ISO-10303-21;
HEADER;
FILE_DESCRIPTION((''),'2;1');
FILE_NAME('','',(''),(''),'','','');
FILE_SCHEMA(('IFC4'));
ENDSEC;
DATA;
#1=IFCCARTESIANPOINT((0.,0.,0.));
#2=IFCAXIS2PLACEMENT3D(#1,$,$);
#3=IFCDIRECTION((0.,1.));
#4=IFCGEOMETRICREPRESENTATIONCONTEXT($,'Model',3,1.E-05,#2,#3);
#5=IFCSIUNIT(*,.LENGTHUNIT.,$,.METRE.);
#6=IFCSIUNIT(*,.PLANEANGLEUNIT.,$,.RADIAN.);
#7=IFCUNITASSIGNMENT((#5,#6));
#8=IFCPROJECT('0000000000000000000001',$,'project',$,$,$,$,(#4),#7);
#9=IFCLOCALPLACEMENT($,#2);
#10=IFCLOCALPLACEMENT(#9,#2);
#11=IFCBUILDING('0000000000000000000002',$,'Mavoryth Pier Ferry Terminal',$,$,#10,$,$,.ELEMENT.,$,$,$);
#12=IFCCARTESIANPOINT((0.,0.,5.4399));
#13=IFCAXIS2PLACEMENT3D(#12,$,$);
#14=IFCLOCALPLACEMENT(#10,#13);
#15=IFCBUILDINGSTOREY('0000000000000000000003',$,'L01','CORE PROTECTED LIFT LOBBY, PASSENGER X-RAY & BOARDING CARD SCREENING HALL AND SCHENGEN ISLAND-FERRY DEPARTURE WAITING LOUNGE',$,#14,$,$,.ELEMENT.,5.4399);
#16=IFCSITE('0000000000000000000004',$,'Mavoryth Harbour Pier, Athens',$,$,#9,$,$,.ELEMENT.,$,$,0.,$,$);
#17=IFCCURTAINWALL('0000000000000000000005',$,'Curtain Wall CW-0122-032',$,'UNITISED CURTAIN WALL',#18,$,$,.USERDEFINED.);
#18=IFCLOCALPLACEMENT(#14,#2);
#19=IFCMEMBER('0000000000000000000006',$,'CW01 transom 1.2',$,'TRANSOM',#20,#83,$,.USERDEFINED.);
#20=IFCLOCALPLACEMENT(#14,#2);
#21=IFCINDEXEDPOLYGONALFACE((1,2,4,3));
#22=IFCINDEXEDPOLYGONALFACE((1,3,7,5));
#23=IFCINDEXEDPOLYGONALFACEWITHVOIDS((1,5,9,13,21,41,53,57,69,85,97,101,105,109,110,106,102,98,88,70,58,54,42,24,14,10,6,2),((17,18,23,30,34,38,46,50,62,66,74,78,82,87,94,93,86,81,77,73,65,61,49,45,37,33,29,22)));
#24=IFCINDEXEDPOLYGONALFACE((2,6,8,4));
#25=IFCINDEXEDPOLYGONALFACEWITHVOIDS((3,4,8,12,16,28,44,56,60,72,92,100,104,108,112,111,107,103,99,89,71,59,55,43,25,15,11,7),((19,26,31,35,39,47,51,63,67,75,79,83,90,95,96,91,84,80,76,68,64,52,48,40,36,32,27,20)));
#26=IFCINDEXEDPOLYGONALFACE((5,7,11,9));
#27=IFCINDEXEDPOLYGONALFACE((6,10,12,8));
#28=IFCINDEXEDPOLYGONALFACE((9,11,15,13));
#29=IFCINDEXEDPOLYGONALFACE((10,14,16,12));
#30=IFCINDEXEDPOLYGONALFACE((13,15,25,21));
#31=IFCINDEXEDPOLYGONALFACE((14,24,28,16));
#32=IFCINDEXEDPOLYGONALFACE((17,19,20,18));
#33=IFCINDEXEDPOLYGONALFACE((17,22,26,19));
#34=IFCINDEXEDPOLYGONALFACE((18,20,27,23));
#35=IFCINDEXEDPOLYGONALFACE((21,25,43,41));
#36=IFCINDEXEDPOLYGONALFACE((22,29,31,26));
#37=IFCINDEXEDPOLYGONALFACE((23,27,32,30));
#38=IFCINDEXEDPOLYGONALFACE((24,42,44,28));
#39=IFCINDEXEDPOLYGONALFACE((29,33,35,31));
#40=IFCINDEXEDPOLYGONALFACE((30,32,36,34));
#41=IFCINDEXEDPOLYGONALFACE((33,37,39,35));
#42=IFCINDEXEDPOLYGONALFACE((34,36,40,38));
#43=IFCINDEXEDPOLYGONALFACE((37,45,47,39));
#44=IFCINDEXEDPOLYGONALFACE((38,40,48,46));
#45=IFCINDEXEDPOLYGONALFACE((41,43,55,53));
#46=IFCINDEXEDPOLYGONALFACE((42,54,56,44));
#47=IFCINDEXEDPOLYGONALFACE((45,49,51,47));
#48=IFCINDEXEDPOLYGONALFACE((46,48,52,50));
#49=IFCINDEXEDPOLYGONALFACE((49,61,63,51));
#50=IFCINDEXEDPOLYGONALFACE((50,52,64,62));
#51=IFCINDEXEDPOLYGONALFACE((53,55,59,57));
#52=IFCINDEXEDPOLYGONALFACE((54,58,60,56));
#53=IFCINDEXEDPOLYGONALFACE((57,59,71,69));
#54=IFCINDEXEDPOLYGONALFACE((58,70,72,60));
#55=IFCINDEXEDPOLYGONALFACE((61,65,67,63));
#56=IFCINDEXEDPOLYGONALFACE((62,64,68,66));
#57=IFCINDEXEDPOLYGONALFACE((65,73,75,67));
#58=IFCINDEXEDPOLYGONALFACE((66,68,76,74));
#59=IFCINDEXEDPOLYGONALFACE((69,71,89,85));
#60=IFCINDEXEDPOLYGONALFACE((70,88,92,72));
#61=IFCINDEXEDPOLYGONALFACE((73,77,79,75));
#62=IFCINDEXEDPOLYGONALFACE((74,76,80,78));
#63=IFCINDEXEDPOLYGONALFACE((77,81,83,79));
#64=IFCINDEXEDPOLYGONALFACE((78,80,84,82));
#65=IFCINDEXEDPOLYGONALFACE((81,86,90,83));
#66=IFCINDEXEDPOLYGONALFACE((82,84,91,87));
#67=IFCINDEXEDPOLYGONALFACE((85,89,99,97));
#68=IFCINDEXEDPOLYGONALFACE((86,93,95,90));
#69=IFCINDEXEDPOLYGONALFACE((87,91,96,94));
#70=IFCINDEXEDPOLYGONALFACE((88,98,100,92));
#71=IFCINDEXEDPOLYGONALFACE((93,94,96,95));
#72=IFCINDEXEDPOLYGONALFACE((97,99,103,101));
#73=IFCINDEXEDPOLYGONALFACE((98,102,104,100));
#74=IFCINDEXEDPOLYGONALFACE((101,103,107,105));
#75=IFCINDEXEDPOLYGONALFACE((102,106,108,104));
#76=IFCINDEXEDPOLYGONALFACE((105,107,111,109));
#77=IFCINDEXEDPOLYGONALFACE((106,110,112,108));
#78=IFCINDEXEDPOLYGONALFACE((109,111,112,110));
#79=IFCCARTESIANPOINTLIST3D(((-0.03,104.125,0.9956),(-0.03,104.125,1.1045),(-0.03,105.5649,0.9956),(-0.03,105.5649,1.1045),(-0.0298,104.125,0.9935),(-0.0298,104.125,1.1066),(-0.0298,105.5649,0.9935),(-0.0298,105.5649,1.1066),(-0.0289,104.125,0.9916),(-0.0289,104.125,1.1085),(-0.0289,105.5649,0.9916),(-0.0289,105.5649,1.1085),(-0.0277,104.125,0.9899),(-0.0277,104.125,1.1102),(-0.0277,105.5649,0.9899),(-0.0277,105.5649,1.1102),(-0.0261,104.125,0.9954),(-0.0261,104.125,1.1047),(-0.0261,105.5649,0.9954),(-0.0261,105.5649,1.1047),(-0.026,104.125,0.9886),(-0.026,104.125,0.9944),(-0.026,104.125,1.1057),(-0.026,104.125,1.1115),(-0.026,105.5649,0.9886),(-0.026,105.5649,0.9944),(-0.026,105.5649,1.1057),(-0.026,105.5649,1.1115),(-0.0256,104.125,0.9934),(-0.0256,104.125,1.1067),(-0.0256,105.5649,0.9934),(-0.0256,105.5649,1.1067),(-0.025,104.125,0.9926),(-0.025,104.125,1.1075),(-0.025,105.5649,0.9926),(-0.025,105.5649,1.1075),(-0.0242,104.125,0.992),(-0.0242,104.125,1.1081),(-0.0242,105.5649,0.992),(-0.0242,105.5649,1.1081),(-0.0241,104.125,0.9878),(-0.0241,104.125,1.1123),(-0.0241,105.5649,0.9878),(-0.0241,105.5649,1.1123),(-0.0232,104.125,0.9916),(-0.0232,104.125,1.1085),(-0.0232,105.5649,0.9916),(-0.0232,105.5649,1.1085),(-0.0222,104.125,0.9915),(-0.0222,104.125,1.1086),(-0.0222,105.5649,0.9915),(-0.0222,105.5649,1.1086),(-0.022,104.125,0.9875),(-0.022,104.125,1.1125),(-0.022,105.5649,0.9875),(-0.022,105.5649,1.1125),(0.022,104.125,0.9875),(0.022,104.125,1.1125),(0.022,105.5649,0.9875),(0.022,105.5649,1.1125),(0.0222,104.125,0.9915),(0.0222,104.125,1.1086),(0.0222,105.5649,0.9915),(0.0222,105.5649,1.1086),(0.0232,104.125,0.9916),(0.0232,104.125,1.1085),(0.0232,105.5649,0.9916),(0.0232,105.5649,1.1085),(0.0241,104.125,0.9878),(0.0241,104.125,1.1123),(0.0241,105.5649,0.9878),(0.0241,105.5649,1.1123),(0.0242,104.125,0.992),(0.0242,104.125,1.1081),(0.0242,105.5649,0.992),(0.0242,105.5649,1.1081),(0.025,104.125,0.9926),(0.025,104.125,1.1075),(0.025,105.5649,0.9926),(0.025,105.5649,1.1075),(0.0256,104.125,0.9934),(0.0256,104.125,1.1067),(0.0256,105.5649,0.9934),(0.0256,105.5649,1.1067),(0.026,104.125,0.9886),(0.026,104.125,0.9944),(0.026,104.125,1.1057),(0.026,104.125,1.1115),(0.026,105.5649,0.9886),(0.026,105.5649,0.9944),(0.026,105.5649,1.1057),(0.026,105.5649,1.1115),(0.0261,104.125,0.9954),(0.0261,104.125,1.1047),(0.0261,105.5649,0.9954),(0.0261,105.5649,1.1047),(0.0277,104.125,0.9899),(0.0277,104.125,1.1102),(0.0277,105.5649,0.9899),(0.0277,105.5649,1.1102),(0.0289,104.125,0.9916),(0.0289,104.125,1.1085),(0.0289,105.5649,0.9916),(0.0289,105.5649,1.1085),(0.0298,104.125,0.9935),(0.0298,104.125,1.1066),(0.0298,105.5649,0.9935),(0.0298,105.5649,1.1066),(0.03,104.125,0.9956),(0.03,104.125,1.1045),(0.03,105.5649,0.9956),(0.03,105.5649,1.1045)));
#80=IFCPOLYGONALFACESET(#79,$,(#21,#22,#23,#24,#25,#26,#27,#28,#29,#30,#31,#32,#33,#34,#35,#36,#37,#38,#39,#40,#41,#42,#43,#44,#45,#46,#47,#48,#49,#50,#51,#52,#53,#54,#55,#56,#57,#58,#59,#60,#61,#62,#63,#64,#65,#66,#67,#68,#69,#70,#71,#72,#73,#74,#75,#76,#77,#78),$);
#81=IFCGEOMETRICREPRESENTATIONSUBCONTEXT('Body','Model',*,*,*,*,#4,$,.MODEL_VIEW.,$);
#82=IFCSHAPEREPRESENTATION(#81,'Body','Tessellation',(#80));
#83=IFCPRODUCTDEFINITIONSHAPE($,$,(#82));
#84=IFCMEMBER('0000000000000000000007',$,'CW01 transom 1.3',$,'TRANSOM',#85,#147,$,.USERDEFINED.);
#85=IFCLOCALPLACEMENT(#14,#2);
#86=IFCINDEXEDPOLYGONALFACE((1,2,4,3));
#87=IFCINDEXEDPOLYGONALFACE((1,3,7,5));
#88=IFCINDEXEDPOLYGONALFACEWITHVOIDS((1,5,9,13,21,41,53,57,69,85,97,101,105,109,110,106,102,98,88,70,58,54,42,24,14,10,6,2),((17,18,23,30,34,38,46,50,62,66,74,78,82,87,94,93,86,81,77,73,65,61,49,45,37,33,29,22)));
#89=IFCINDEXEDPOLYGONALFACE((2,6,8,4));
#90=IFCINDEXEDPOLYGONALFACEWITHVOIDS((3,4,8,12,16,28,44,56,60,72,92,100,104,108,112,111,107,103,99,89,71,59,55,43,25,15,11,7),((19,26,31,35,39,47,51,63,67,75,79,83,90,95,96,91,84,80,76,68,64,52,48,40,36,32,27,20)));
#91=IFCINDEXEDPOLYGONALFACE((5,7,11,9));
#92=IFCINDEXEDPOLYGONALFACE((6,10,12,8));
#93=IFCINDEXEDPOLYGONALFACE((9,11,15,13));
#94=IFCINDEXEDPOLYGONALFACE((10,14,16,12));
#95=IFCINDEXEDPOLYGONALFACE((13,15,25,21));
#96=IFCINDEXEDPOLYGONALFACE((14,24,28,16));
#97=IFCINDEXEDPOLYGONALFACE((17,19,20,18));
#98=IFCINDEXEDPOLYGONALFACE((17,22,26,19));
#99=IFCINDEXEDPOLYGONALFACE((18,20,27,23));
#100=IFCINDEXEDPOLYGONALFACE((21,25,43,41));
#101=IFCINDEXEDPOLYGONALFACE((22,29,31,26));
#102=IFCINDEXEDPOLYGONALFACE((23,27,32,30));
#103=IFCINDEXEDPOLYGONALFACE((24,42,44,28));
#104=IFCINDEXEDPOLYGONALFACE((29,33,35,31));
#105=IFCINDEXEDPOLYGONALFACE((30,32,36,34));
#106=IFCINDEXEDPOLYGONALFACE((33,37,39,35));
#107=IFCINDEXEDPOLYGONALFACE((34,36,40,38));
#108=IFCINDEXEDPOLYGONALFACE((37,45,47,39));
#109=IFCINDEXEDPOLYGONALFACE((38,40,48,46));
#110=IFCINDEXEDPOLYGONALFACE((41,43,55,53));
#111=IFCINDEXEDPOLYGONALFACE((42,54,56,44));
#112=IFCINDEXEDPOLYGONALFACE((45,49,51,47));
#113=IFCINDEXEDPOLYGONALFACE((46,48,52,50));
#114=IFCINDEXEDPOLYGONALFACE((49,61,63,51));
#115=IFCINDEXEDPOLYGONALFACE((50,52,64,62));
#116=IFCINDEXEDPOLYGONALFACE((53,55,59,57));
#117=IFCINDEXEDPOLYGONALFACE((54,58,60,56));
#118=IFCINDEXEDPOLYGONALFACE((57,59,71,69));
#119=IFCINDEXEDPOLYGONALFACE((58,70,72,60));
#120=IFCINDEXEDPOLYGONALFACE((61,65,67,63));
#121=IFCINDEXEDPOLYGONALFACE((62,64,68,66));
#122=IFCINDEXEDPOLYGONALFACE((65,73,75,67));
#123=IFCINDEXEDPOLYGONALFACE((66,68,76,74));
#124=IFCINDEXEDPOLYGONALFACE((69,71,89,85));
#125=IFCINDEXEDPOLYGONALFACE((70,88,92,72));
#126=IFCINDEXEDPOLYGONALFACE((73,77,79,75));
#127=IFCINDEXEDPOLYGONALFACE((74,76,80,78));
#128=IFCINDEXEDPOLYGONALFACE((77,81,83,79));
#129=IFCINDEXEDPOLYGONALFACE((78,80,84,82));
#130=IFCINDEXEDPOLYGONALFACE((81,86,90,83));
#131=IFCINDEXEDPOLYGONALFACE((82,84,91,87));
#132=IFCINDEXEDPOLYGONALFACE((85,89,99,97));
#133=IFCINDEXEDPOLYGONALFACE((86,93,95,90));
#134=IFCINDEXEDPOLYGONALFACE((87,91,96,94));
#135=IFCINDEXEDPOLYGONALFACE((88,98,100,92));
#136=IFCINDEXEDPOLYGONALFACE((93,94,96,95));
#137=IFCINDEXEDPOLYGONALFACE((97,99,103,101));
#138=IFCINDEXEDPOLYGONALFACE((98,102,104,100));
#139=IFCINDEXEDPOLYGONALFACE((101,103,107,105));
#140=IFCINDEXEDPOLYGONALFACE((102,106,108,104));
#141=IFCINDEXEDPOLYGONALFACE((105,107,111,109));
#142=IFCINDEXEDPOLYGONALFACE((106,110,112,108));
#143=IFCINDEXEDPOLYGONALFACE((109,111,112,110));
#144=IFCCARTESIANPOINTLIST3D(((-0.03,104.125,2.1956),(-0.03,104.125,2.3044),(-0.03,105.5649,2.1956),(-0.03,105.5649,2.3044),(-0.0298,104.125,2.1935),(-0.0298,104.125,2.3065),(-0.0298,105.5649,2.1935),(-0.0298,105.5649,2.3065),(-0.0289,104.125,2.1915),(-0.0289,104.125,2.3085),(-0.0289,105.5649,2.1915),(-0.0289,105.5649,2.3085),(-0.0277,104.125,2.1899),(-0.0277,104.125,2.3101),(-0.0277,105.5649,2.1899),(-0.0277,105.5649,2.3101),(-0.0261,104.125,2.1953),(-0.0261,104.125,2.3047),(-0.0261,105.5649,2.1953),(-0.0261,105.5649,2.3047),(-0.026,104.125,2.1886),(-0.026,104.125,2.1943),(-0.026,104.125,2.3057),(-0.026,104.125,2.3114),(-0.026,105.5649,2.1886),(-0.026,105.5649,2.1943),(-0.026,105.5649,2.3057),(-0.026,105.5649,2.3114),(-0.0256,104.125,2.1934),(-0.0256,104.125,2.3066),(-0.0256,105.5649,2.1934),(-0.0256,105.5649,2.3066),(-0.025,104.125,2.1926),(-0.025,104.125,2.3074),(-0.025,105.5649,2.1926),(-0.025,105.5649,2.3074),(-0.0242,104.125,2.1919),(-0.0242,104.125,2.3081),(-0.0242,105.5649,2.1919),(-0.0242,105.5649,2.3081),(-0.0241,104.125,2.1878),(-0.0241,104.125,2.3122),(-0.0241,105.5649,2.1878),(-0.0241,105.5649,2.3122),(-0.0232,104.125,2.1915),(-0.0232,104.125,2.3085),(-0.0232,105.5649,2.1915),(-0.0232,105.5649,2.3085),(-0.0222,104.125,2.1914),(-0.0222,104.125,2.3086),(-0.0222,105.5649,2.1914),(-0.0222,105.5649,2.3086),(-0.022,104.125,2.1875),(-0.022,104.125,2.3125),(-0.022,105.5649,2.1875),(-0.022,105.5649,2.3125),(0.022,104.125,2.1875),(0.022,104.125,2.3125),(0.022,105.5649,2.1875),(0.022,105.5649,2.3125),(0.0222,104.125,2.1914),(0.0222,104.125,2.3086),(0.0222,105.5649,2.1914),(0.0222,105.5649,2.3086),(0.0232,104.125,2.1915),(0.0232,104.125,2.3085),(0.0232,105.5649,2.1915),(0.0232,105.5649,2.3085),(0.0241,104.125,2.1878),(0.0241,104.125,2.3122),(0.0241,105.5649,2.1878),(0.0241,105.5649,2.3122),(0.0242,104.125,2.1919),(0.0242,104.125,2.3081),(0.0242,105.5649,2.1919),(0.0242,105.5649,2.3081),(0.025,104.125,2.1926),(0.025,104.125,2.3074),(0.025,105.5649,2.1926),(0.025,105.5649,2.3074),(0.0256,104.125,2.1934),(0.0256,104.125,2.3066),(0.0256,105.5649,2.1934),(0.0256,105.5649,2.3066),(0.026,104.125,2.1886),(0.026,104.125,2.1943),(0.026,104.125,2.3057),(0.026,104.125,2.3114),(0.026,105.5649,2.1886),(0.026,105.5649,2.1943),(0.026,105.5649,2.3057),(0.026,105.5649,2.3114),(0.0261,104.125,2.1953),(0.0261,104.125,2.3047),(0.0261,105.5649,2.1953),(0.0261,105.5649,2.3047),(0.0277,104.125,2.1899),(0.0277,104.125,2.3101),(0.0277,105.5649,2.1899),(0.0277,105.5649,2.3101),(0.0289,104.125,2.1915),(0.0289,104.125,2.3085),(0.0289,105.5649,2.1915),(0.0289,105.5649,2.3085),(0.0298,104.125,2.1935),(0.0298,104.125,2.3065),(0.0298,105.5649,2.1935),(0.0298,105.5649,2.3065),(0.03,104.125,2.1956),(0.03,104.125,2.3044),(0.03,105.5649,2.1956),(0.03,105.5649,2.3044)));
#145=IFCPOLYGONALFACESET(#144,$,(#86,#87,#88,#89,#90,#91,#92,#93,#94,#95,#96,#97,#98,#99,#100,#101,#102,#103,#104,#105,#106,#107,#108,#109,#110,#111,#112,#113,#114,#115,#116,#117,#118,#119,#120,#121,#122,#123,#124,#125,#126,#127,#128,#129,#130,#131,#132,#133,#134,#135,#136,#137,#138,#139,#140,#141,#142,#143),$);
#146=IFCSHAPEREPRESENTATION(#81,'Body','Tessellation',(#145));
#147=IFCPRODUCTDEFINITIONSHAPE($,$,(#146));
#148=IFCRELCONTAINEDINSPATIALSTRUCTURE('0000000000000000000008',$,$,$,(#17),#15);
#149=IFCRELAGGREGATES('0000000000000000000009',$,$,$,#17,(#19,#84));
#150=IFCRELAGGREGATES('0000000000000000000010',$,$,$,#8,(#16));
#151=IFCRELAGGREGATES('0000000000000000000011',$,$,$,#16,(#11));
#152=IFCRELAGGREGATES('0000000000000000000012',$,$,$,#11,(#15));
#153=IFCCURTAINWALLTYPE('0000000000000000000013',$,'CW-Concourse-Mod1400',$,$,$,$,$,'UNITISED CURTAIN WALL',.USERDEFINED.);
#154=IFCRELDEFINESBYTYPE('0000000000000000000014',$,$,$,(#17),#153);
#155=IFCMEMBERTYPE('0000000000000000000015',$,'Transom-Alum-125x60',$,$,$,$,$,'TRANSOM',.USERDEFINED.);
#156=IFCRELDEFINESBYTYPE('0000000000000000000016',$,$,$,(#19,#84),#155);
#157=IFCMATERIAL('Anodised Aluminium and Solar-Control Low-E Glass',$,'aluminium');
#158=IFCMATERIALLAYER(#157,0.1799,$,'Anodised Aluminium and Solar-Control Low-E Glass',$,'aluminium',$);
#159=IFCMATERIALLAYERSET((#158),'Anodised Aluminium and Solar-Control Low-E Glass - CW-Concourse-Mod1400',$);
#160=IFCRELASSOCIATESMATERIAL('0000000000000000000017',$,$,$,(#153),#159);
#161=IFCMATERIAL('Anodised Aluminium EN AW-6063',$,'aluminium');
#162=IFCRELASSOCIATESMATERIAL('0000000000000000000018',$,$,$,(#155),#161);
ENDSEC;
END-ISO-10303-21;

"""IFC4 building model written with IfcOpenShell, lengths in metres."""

from ifc_helpers import new_model, si_unit, direction, frame, origin, origin_2d, place, context, subcontext, project, spatial, hollow_rectangle, extrude, material, layer, layer_set, material_profile, profile_set, type_object, element, aggregate, save


model = new_model("IFC4")

# Units and contexts
model_context = context("Model", 3, precision=1e-05, world=origin(), true_north=direction((0.0, 1.0)))
body_context = subcontext(model_context, "Body", "Model", "MODEL_VIEW")
ifc_project = project(units=[si_unit("LENGTHUNIT", "METRE"), si_unit("PLANEANGLEUNIT", "RADIAN")], contexts=[model_context])

# Site, building, storey
site_placement = place(None, origin())
site = spatial("IfcSite", under=ifc_project, at=site_placement, Name="Mavoryth Harbour Pier, Athens", CompositionType="ELEMENT", RefElevation=0.0)
building_placement = place(site_placement, origin())
building = spatial("IfcBuilding", under=site, at=building_placement, Name="Mavoryth Pier Ferry Terminal", CompositionType="ELEMENT")
storey_placement = place(building_placement, frame((0.0, 0.0, 5.4399)))
storey = spatial("IfcBuildingStorey", under=building, at=storey_placement, Name="L01", Description="CORE PROTECTED LIFT LOBBY, PASSENGER X-RAY & BOARDING CARD SCREENING HALL AND SCHENGEN ISLAND-FERRY DEPARTURE WAITING LOUNGE", CompositionType="ELEMENT", Elevation=5.4399)

# Curtain wall
ifc_material_1 = material(Name="Anodised Aluminium and Solar-Control Low-E Glass", Category="aluminium")
ifc_layer_1 = layer(ifc_material_1, 0.1799, Name="Anodised Aluminium and Solar-Control Low-E Glass", Category="aluminium")
ifc_layer_set_1 = layer_set([ifc_layer_1], Name="Anodised Aluminium and Solar-Control Low-E Glass - CW-Concourse-Mod1400")
curtain_wall_type_1 = type_object("IfcCurtainWallType", Name="CW-Concourse-Mod1400", ElementType="UNITISED CURTAIN WALL", PredefinedType="USERDEFINED", material=ifc_layer_set_1)
curtain_wall_1_placement = place(storey_placement, origin())
curtain_wall_1 = element("IfcCurtainWall", 1, at=curtain_wall_1_placement, inside=storey, type_object=curtain_wall_type_1, Name="Curtain Wall CW-0122-032", ObjectType="UNITISED CURTAIN WALL", PredefinedType="USERDEFINED")
ifc_material_2 = material(Name="Anodised Aluminium EN AW-6063", Category="aluminium")

# Members
ifc_material_profile_1 = material_profile(ifc_material_2, hollow_rectangle(XDim=0.0601, YDim=0.125, WallThickness=0.0039, InnerFilletRadius=0.0039, OuterFilletRadius=0.0081, at=origin_2d()), Name="AL-TRAN 125x60x4", Category="aluminium")
ifc_profile_set_1 = profile_set([ifc_material_profile_1], Name="Anodised Aluminium EN AW-6063 - AL-TRAN 125x60x4")
member_type_1 = type_object("IfcMemberType", Name="Transom-Alum-125x60", ElementType="TRANSOM", PredefinedType="USERDEFINED", material=ifc_profile_set_1)
member_1_placement = place(storey_placement, frame((0.0, 105.5649, 1.05), z_axis=(0.0, -1.0, 0.0), x_axis=(1.0, 0.0, 0.0)))
member_1 = element("IfcMember", 2, at=member_1_placement, type_object=member_type_1, Name="CW01 transom 1.2", ObjectType="TRANSOM", PredefinedType="USERDEFINED", context=body_context, shape_type="SweptSolid", body=[
    extrude(hollow_rectangle(XDim=0.0601, YDim=0.125, WallThickness=0.0039, InnerFilletRadius=0.0039, OuterFilletRadius=0.0081, at=origin_2d()), origin(), (0.0, 0.0, 1.0), 1.4399),
])
member_2_placement = place(storey_placement, frame((0.0, 105.5649, 2.25), z_axis=(0.0, -1.0, 0.0), x_axis=(1.0, 0.0, 0.0)))
member_2 = element("IfcMember", 3, at=member_2_placement, type_object=member_type_1, Name="CW01 transom 1.3", ObjectType="TRANSOM", PredefinedType="USERDEFINED", context=body_context, shape_type="SweptSolid", body=[
    extrude(hollow_rectangle(XDim=0.0601, YDim=0.125, WallThickness=0.0039, InnerFilletRadius=0.0039, OuterFilletRadius=0.0081, at=origin_2d()), origin(), (0.0, 0.0, 1.0), 1.4399),
])

aggregate(curtain_wall_1, [member_1, member_2])

save(model, "model.ifc")
